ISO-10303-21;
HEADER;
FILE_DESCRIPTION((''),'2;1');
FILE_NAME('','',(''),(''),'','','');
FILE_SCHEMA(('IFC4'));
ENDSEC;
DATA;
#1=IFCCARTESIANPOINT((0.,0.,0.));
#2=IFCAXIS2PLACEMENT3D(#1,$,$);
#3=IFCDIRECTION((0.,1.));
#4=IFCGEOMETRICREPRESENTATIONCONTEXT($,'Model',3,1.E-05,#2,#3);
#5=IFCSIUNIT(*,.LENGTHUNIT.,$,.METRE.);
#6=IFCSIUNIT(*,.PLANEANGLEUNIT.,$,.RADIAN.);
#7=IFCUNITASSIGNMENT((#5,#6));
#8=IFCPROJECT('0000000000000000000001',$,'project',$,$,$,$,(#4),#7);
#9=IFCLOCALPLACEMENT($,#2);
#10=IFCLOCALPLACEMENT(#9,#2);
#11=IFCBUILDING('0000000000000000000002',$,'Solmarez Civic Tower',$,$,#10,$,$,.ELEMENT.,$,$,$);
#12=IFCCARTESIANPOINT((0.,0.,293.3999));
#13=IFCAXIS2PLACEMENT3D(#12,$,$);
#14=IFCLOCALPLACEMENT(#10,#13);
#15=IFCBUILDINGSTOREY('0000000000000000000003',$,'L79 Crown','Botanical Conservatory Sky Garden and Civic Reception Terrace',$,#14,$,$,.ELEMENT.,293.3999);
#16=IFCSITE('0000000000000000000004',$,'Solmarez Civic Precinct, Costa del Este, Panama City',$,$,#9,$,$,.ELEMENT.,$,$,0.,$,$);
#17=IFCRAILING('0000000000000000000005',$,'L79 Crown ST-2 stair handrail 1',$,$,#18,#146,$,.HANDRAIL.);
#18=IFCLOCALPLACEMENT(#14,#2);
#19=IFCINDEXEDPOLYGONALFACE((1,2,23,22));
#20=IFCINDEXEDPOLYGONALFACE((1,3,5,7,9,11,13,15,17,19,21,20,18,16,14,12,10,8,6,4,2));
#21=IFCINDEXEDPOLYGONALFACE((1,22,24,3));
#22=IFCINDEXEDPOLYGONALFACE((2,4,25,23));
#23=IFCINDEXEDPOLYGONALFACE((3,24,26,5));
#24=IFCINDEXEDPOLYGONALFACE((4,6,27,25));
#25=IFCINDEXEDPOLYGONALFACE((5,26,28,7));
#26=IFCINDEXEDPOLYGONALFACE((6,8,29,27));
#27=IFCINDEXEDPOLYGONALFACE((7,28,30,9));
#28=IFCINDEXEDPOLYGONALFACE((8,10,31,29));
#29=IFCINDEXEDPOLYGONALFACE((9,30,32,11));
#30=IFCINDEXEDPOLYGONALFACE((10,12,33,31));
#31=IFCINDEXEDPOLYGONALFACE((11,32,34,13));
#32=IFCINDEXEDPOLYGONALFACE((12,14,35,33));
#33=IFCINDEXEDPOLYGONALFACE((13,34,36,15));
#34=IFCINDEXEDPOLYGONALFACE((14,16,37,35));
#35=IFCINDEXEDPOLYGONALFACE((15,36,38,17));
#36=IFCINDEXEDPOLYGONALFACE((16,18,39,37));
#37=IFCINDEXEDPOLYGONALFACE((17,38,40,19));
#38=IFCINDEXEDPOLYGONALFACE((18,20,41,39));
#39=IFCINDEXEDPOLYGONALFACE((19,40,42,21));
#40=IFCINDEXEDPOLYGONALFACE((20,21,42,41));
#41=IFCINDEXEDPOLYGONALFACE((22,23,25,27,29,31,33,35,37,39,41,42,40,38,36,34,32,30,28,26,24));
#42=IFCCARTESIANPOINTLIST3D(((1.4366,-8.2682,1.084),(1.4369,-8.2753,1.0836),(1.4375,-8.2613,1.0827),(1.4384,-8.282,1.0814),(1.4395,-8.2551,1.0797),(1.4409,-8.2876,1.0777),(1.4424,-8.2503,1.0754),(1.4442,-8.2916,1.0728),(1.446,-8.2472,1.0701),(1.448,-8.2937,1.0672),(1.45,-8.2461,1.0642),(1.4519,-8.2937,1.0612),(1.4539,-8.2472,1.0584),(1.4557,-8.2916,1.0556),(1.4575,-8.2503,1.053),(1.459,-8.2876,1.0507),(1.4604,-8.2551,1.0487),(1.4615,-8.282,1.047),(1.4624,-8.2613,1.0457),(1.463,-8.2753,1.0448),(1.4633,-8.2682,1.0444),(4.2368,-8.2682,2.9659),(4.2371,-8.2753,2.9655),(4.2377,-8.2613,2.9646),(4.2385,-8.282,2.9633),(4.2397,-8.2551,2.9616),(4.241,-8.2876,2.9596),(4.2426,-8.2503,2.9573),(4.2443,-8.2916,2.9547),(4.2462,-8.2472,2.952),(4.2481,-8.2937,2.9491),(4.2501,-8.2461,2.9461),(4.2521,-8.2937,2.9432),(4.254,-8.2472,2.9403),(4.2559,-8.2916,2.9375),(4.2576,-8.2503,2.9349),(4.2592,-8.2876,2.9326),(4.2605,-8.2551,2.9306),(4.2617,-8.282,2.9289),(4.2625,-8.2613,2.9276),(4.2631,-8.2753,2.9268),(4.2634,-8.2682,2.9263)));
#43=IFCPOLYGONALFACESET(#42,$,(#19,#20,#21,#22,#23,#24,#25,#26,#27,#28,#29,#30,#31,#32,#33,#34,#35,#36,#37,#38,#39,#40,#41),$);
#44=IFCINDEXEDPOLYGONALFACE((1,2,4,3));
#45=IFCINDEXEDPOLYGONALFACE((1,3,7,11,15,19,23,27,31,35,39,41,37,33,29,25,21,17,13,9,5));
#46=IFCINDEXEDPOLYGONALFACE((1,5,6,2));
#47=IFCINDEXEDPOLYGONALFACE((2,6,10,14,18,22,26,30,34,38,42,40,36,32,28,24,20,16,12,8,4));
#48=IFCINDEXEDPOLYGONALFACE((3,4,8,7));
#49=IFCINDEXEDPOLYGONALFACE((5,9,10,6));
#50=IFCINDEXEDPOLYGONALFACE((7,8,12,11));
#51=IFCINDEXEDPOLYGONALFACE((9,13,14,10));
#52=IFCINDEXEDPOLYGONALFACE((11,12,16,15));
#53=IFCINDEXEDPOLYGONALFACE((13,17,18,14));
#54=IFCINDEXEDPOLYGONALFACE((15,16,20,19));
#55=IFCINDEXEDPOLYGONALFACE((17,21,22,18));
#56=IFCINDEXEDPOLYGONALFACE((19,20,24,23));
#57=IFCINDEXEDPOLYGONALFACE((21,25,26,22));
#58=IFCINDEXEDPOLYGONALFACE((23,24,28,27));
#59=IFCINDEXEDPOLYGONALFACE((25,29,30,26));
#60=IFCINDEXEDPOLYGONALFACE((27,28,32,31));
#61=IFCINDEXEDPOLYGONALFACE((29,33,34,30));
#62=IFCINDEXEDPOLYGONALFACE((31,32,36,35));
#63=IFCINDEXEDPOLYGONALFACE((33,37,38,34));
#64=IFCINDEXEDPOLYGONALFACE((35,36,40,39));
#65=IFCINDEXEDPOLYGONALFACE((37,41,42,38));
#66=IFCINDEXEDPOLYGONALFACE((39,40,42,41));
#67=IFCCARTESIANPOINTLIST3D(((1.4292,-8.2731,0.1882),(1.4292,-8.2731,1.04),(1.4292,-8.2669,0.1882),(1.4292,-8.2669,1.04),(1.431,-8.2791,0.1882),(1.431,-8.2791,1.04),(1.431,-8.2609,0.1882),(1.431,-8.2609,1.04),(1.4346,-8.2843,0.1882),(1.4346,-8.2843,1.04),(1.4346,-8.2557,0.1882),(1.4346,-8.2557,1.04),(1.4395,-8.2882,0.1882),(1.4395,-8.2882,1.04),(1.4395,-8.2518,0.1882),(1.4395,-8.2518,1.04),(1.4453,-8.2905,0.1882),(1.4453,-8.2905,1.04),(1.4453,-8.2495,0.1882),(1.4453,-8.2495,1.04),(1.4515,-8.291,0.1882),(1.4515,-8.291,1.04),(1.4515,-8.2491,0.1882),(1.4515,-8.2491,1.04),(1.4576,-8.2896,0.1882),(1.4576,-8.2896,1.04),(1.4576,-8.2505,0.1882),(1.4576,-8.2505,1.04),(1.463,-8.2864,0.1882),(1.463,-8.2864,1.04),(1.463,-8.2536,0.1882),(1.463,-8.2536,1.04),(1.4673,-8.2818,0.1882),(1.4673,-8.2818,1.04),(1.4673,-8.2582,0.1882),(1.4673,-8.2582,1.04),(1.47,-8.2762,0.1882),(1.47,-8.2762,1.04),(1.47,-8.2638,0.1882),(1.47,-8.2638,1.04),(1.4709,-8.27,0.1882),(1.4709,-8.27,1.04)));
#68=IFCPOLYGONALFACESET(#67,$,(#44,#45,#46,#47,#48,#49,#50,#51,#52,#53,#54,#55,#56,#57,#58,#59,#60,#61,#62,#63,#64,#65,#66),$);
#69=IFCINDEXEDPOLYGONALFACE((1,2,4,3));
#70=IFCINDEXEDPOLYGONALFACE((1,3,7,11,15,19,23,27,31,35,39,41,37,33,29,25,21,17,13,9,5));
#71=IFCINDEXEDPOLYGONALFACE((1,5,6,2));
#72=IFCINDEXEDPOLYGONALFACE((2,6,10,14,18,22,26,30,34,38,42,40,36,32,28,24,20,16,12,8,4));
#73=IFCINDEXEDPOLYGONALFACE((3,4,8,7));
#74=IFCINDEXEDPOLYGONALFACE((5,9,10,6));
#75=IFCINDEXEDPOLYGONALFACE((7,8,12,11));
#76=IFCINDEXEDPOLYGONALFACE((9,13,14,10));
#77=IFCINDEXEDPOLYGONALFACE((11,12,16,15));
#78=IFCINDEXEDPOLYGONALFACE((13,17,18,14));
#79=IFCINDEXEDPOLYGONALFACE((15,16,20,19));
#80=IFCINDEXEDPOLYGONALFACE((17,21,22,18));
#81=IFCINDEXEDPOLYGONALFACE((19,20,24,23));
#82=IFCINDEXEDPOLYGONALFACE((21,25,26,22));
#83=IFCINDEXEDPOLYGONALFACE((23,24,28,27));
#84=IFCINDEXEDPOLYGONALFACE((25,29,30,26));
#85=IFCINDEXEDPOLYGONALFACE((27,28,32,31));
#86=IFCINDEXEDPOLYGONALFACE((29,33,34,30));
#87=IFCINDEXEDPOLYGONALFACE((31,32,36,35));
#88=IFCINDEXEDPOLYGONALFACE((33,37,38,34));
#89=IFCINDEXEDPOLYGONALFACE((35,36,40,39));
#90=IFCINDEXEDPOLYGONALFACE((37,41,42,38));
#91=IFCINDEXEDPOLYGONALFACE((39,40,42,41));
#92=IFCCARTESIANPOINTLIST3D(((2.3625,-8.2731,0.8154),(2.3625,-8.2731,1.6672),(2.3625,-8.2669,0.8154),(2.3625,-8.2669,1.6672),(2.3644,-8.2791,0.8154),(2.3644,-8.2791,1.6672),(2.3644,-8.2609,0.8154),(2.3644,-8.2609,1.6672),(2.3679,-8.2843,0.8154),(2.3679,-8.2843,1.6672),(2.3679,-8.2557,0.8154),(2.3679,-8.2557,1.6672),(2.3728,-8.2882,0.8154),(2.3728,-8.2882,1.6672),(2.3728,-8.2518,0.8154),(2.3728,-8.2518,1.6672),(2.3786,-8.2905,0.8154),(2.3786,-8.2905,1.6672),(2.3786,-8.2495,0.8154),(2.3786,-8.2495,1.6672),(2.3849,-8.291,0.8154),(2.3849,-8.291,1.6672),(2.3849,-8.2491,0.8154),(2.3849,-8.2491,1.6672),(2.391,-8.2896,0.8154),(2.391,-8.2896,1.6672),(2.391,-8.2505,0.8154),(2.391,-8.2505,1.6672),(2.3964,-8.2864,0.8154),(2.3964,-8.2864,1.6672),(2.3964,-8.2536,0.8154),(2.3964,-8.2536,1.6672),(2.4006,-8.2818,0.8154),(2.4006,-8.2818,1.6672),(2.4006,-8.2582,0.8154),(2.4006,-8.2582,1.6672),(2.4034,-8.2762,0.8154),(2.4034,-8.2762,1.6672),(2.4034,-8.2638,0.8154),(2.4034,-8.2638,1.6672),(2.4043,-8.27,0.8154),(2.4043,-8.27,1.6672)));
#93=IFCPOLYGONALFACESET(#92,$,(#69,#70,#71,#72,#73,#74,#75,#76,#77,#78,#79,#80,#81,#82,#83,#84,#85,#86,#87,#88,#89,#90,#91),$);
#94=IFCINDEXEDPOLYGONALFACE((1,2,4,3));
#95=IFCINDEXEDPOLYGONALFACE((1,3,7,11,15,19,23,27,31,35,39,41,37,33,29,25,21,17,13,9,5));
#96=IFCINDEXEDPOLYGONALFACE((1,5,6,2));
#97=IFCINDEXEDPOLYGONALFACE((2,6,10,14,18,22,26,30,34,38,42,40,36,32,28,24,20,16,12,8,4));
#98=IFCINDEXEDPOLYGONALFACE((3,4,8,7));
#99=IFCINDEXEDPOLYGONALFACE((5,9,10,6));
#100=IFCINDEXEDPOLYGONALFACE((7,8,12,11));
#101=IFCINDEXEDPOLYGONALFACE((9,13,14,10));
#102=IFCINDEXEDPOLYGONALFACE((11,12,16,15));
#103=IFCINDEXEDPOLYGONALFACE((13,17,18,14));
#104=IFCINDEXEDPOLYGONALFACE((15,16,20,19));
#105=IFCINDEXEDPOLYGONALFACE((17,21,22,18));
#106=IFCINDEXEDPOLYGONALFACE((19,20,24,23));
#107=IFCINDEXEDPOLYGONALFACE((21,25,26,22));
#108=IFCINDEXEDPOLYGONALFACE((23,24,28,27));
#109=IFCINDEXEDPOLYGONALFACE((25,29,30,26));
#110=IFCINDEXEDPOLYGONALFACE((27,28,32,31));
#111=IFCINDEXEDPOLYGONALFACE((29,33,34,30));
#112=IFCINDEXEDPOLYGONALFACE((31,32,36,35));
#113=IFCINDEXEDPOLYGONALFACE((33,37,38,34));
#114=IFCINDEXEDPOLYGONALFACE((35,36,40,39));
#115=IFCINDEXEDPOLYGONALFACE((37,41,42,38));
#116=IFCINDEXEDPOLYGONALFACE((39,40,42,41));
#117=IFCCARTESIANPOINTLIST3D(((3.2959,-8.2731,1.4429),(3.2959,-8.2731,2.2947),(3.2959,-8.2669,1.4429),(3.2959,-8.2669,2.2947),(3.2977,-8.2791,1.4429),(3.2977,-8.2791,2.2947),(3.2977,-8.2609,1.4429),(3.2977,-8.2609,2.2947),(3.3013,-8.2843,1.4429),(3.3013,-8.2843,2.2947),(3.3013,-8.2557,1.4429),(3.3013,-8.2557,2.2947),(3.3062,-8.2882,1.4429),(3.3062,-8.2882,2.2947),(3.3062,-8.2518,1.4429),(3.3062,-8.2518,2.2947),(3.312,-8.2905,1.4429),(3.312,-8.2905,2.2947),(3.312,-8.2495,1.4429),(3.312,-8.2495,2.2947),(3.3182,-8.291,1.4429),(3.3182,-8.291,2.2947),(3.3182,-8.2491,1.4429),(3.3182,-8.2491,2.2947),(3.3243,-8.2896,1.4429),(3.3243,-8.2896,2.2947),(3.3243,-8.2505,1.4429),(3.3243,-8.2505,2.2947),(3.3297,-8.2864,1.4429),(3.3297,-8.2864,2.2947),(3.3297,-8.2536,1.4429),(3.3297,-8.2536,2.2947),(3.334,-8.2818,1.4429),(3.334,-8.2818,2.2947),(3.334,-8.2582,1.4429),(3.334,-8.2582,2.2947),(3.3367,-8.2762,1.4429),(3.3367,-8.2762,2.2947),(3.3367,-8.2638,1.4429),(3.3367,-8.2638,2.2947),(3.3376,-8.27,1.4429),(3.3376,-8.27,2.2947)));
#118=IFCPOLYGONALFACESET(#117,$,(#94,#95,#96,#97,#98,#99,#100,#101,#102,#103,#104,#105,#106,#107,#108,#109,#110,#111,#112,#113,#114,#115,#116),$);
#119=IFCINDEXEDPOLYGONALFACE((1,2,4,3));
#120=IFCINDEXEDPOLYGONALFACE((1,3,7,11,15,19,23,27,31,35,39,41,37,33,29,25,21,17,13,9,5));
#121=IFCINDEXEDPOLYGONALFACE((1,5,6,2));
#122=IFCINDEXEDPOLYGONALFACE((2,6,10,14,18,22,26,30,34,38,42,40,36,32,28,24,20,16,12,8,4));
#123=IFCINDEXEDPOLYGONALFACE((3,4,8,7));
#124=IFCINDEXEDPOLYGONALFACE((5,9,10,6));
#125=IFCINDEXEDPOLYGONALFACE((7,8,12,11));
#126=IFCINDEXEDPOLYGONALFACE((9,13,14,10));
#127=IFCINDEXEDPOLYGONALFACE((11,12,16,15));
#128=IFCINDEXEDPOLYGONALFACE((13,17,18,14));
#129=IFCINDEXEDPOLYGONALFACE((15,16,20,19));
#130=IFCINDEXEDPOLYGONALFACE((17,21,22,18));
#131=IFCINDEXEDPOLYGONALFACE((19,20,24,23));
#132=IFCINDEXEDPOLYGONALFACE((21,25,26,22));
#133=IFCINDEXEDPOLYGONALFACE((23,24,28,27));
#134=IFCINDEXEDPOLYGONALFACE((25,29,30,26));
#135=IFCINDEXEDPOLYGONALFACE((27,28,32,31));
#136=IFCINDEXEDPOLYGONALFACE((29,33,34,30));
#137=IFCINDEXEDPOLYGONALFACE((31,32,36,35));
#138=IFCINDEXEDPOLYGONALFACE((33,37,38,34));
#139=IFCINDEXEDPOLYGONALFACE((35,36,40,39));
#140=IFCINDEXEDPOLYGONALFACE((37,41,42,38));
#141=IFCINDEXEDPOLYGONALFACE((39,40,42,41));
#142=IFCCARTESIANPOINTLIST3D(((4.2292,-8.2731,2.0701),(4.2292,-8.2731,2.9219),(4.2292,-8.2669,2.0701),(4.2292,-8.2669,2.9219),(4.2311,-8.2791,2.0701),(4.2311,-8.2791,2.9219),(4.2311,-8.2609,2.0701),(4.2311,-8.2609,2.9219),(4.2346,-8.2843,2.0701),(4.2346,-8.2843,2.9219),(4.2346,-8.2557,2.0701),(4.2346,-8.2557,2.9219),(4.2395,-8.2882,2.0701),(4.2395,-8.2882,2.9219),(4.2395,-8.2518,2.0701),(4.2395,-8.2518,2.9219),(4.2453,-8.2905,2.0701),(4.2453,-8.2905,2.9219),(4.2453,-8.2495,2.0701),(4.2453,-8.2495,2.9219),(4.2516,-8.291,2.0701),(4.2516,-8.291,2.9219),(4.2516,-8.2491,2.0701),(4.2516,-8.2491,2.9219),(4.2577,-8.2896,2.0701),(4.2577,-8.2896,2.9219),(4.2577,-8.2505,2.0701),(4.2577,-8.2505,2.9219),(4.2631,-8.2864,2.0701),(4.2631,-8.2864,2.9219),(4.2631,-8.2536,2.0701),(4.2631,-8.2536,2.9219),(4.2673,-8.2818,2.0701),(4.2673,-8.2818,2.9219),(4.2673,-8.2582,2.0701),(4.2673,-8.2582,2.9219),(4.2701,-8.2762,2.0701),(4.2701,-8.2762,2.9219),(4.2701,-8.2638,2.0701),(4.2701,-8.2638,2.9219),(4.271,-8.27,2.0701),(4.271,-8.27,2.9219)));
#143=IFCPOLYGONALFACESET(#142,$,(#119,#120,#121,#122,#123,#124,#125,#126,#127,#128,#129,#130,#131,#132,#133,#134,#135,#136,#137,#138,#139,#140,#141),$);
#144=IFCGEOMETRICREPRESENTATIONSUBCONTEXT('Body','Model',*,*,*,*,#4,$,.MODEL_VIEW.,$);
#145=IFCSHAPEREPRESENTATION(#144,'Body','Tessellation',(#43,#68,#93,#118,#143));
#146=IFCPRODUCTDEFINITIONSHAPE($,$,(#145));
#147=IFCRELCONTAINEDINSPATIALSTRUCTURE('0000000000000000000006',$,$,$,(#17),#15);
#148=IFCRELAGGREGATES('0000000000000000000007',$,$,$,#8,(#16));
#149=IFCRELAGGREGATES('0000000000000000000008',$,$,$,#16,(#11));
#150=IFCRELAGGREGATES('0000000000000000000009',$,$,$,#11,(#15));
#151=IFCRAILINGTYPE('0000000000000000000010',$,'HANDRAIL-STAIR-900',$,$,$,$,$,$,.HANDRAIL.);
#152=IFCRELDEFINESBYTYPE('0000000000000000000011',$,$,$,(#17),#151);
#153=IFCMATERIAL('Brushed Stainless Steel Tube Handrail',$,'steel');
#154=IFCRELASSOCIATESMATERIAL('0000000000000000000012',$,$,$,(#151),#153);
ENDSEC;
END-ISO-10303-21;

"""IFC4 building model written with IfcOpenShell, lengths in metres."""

from ifc_helpers import new_model, si_unit, direction, frame, origin, origin_2d, place, context, subcontext, project, spatial, circle, extrude, material, type_object, element, save


model = new_model("IFC4")

# Units and contexts
model_context = context("Model", 3, precision=1e-05, world=origin(), true_north=direction((0.0, 1.0)))
body_context = subcontext(model_context, "Body", "Model", "MODEL_VIEW")
ifc_project = project(units=[si_unit("LENGTHUNIT", "METRE"), si_unit("PLANEANGLEUNIT", "RADIAN")], contexts=[model_context])

# Site, building, storey
site_placement = place(None, origin())
site = spatial("IfcSite", under=ifc_project, at=site_placement, Name="Solmarez Civic Precinct, Costa del Este, Panama City", CompositionType="ELEMENT", RefElevation=0.0)
building_placement = place(site_placement, origin())
building = spatial("IfcBuilding", under=site, at=building_placement, Name="Solmarez Civic Tower", CompositionType="ELEMENT")
storey_placement = place(building_placement, frame((0.0, 0.0, 293.3999)))
storey = spatial("IfcBuildingStorey", under=building, at=storey_placement, Name="L79 Crown", Description="Botanical Conservatory Sky Garden and Civic Reception Terrace", CompositionType="ELEMENT", Elevation=293.3999)

# Railing
ifc_material_1 = material(Name="Brushed Stainless Steel Tube Handrail", Category="steel")
railing_type_1 = type_object("IfcRailingType", Name="HANDRAIL-STAIR-900", PredefinedType="HANDRAIL", material=ifc_material_1)
railing_1_placement = place(storey_placement, frame((1.45, -8.27, 0.1882)))
element("IfcRailing", 1, at=railing_1_placement, inside=storey, type_object=railing_type_1, Name="L79 Crown ST-2 stair handrail 1", PredefinedType="HANDRAIL", context=body_context, shape_type="SweptSolid", body=[
    extrude(circle(Radius=0.0239, at=origin_2d()), frame((0.0, 0.0, 0.876), z_axis=(0.829974, 0.0, 0.557803), x_axis=(0.0, 1.0, 0.0)), (0.0, 0.0, 1.0), 3.3738),
    extrude(circle(Radius=0.021, at=origin_2d()), origin(), (0.0, 0.0, 1.0), 0.8518),
    extrude(circle(Radius=0.021, at=origin_2d()), frame((0.9333, 0.0, 0.6272)), (0.0, 0.0, 1.0), 0.8518),
    extrude(circle(Radius=0.021, at=origin_2d()), frame((1.8667, 0.0, 1.2546)), (0.0, 0.0, 1.0), 0.8518),
    extrude(circle(Radius=0.021, at=origin_2d()), frame((2.8, 0.0, 1.8818)), (0.0, 0.0, 1.0), 0.8518),
])

save(model, "model.ifc")
